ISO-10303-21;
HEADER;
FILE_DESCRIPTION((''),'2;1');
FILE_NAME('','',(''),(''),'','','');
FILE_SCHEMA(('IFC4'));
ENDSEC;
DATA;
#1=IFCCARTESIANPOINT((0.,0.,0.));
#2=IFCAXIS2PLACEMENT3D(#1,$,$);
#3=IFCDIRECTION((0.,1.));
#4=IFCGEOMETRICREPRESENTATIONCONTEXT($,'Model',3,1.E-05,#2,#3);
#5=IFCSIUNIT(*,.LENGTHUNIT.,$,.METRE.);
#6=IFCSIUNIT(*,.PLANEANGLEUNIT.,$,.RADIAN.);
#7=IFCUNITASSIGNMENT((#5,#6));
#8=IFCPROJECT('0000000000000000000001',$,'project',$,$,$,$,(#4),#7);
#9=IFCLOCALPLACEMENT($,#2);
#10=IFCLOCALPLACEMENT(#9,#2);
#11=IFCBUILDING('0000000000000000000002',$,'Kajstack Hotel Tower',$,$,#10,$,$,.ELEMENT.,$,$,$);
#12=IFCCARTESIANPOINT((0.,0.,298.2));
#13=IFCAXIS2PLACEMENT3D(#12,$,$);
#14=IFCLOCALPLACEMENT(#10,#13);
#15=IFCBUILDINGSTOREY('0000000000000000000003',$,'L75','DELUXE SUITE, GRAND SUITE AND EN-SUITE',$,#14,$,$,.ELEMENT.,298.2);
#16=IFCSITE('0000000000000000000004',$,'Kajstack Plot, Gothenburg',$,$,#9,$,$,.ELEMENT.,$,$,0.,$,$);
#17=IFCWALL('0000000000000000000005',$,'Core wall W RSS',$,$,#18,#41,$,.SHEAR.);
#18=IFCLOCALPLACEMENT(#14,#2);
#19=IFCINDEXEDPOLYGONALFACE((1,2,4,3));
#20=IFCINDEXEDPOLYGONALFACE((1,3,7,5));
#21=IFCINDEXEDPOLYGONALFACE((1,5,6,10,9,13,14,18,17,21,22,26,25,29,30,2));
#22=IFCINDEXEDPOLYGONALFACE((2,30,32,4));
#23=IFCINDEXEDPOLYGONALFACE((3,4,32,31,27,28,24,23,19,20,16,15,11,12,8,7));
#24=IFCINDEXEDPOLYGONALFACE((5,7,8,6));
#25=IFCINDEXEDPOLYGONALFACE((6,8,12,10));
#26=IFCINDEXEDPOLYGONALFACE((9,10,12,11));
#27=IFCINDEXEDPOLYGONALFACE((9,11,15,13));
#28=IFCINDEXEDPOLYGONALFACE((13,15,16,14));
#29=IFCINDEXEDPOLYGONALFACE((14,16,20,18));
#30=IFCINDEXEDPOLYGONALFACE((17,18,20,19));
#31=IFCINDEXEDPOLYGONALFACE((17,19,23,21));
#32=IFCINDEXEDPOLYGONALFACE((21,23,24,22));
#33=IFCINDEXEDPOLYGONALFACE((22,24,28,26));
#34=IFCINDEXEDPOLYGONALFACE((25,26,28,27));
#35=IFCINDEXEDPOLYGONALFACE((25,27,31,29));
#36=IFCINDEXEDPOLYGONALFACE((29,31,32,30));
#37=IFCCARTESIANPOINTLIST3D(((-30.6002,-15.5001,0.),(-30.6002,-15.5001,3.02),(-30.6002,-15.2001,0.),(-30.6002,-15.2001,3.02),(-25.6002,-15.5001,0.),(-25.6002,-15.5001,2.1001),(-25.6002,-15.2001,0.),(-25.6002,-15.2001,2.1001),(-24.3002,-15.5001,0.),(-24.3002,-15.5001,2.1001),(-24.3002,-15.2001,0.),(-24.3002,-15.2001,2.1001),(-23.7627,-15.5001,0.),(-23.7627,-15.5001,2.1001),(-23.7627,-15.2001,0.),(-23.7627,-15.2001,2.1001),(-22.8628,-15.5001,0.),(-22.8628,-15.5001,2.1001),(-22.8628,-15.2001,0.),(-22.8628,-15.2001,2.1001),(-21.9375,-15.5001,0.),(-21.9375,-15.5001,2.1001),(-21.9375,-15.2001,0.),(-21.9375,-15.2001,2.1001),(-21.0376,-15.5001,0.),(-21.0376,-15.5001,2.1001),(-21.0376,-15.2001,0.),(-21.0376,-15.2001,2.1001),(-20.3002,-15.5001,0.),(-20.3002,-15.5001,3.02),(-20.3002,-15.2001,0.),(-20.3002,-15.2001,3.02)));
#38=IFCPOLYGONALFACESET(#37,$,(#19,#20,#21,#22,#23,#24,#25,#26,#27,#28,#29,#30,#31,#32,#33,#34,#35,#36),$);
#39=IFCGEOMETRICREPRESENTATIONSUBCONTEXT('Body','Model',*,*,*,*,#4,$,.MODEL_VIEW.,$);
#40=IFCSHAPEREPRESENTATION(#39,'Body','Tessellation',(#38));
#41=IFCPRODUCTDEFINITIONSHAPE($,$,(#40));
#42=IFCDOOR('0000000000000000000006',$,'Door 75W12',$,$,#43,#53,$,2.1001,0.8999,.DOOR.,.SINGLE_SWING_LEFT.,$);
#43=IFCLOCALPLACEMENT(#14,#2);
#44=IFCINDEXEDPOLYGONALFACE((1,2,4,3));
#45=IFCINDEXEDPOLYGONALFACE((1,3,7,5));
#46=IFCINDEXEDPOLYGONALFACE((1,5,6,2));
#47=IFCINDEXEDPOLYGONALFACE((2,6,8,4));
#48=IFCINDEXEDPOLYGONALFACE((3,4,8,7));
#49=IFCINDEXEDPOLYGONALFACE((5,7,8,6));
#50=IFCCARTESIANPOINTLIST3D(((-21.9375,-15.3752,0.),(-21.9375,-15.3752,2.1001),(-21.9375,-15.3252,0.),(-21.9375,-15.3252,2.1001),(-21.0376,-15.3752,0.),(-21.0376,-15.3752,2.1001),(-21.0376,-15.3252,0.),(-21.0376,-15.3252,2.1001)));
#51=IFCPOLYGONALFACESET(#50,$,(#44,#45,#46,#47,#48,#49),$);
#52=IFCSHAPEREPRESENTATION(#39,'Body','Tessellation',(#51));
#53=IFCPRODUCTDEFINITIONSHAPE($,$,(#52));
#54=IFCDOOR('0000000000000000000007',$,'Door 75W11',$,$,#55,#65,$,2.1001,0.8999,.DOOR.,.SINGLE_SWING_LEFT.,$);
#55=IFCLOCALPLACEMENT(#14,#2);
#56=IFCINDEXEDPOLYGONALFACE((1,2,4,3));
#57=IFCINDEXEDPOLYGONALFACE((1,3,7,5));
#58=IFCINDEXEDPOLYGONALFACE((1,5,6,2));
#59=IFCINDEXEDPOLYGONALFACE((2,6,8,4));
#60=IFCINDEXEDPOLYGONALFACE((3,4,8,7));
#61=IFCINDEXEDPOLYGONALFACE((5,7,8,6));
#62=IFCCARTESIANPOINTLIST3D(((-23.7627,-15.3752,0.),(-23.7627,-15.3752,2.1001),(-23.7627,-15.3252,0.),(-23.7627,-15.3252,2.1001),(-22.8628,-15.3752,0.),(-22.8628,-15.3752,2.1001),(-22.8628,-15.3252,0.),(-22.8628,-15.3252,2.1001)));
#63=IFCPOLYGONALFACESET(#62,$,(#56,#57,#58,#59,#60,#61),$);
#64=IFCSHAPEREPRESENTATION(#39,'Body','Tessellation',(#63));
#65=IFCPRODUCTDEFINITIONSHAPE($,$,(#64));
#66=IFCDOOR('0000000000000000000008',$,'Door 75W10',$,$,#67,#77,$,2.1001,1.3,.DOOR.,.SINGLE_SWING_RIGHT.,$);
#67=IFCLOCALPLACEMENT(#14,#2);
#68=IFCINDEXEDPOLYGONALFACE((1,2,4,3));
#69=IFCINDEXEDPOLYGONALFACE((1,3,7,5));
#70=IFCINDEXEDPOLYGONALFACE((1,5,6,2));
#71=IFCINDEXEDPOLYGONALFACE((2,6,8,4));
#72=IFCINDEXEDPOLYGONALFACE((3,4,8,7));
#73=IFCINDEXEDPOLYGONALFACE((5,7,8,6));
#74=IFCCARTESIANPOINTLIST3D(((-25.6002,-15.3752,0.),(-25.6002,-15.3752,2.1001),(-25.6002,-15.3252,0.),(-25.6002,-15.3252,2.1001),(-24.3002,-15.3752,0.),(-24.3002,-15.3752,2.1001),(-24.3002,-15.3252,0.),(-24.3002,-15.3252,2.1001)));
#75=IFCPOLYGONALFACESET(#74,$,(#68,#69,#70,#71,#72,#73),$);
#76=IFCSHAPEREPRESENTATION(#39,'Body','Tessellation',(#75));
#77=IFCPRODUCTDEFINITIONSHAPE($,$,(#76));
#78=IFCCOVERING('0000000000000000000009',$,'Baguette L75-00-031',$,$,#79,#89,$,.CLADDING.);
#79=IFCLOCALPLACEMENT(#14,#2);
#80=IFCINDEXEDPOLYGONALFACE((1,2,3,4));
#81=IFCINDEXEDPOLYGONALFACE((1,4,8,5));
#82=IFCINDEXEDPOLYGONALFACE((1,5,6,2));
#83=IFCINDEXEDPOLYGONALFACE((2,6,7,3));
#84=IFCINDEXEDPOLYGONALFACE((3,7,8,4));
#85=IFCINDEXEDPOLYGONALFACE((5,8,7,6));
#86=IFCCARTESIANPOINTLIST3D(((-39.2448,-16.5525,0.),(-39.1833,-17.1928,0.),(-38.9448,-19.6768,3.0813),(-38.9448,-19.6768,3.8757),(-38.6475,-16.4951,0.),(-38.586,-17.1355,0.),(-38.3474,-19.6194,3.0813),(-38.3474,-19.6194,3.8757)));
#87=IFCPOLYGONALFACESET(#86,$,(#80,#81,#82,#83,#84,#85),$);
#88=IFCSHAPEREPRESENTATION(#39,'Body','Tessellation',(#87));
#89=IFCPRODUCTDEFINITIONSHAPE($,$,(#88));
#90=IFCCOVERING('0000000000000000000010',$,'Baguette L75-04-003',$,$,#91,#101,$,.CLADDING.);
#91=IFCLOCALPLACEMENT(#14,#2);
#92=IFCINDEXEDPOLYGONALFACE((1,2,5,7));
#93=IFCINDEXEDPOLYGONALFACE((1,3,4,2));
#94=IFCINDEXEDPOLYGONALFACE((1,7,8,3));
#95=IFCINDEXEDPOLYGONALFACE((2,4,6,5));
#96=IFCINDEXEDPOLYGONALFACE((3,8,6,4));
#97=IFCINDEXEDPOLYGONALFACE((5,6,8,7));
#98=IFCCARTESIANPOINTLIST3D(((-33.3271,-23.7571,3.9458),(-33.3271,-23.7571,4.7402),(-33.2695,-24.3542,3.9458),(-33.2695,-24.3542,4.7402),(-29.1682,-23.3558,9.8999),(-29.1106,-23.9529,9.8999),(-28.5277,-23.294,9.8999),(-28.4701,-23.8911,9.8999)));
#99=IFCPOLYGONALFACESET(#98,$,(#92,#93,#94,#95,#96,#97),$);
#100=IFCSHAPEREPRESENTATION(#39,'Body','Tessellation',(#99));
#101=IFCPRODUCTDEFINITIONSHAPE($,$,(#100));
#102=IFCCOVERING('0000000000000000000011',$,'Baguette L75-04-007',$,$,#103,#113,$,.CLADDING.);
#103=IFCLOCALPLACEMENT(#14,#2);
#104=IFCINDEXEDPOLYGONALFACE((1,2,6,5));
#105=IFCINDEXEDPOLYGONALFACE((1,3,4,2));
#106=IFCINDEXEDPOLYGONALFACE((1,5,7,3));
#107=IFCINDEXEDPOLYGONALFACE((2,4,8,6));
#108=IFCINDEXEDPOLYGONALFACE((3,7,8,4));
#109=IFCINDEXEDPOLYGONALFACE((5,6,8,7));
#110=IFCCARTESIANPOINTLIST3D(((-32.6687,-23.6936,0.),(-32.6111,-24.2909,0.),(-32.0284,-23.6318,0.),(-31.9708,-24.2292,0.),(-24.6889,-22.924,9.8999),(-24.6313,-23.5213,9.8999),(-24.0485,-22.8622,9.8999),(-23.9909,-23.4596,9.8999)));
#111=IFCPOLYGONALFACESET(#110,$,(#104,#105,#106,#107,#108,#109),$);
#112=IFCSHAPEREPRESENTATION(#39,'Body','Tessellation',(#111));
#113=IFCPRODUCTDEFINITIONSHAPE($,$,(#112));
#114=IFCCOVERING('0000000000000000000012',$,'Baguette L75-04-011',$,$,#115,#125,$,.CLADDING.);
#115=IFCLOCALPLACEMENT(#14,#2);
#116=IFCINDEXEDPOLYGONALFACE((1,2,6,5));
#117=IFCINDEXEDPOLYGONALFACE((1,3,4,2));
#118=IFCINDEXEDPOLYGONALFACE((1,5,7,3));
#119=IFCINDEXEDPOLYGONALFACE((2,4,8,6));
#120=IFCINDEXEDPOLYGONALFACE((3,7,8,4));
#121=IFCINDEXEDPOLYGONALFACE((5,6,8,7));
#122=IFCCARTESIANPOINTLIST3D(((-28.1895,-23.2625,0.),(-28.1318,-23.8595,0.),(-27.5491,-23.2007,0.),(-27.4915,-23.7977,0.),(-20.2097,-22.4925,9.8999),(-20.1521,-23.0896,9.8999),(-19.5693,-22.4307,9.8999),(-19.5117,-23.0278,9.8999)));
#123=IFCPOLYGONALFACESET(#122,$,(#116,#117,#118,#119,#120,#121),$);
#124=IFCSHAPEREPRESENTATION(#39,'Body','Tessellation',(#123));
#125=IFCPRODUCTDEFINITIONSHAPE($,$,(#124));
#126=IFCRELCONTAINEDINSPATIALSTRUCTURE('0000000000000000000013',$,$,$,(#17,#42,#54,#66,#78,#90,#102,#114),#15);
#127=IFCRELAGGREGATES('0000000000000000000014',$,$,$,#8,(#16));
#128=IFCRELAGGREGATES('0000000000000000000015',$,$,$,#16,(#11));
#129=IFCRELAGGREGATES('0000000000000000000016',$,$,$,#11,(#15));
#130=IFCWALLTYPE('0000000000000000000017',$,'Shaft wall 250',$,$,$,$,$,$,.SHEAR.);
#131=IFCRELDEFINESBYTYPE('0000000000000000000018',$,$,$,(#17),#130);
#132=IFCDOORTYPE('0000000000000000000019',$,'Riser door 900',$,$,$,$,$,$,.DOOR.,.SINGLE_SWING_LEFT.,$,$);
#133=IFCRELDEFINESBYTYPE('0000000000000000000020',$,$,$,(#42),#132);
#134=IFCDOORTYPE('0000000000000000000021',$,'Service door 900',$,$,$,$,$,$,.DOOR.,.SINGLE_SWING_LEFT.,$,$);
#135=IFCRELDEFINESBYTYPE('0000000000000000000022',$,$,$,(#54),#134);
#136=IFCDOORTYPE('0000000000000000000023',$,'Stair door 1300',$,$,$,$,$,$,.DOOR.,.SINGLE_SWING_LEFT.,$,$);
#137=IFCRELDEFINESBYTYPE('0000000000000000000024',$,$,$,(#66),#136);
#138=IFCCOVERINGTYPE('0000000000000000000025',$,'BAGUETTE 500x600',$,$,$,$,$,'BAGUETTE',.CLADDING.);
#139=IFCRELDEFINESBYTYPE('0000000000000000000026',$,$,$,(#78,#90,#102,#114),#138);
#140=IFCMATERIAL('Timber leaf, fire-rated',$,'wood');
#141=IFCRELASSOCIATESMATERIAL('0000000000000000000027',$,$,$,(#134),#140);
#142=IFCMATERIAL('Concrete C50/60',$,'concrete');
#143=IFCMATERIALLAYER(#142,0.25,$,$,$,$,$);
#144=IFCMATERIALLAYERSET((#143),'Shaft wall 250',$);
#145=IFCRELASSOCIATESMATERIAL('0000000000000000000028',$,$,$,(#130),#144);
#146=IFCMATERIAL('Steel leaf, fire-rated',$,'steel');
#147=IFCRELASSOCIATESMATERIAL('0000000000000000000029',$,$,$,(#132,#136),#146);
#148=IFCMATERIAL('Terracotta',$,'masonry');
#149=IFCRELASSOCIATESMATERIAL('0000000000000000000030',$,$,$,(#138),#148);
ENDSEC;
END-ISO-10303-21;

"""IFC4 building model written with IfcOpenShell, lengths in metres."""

from ifc_helpers import new_model, si_unit, direction, frame, frame_2d, origin, origin_2d, place, context, subcontext, project, spatial, polyline, rectangle, outline, extrude, material, layer, layer_set, material_profile, profile_set, type_object, element, fill, save


model = new_model("IFC4")

# Units and contexts
model_context = context("Model", 3, precision=1e-05, world=origin(), true_north=direction((0.0, 1.0)))
body_context = subcontext(model_context, "Body", "Model", "MODEL_VIEW")
ifc_project = project(units=[si_unit("LENGTHUNIT", "METRE"), si_unit("PLANEANGLEUNIT", "RADIAN")], contexts=[model_context])

# Site, building, storey
site_placement = place(None, origin())
site = spatial("IfcSite", under=ifc_project, at=site_placement, Name="Kajstack Plot, Gothenburg", CompositionType="ELEMENT", RefElevation=0.0)
building_placement = place(site_placement, origin())
building = spatial("IfcBuilding", under=site, at=building_placement, Name="Kajstack Hotel Tower", CompositionType="ELEMENT")
storey_placement = place(building_placement, frame((0.0, 0.0, 298.2)))
storey = spatial("IfcBuildingStorey", under=building, at=storey_placement, Name="L75", Description="DELUXE SUITE, GRAND SUITE AND EN-SUITE", CompositionType="ELEMENT", Elevation=298.2)

# Shared definitions
ifc_material_1 = material(Name="Timber leaf, fire-rated", Category="wood")
door_type_1 = type_object("IfcDoorType", Name="Service door 900", OperationType="SINGLE_SWING_LEFT", PredefinedType="DOOR", material=ifc_material_1)

# Wall, openings, doors
ifc_material_2 = material(Name="Concrete C50/60", Category="concrete")
ifc_layer_1 = layer(ifc_material_2, 0.25)
ifc_layer_set_1 = layer_set([ifc_layer_1], Name="Shaft wall 250")
wall_type_1 = type_object("IfcWallType", Name="Shaft wall 250", PredefinedType="SHEAR", material=ifc_layer_set_1)
wall_1_placement = place(storey_placement, frame((-30.6001, -15.3501, 0.0), z_axis=(0.0, 0.0, 1.0), x_axis=(1.0, 0.0, 0.0)))
wall_1 = element("IfcWall", 1, at=wall_1_placement, inside=storey, type_object=wall_type_1, Name="Core wall W RSS", PredefinedType="SHEAR", context=body_context, shape_type="SweptSolid", body=[
    extrude(rectangle(XDim=10.3, YDim=0.3, at=frame_2d((5.1499, 0.0))), origin(), (0.0, 0.0, 1.0), 3.02),
])
opening_1_placement = place(wall_1_placement, frame((5.0, 0.0, 0.0)))
opening_1 = element("IfcOpeningElement", 2, at=opening_1_placement, cuts=wall_1, PredefinedType="OPENING", context=body_context, shape_type="SweptSolid", body=[
    extrude(rectangle(XDim=1.3, YDim=2.1001, at=frame_2d((0.6499, 1.05))), frame((0.0, 0.1599, 0.0), z_axis=(0.0, -1.0, 0.0), x_axis=(1.0, 0.0, 0.0)), (0.0, 0.0, 1.0), 0.3201),
])
opening_2_placement = place(wall_1_placement, frame((6.8374, 0.0, 0.0)))
opening_2 = element("IfcOpeningElement", 3, at=opening_2_placement, cuts=wall_1, PredefinedType="OPENING", context=body_context, shape_type="SweptSolid", body=[
    extrude(rectangle(XDim=0.8999, YDim=2.1001, at=frame_2d((0.45, 1.05))), frame((0.0, 0.1599, 0.0), z_axis=(0.0, -1.0, 0.0), x_axis=(1.0, 0.0, 0.0)), (0.0, 0.0, 1.0), 0.3201),
])
opening_3_placement = place(wall_1_placement, frame((8.6626, 0.0, 0.0)))
opening_3 = element("IfcOpeningElement", 4, at=opening_3_placement, cuts=wall_1, PredefinedType="OPENING", context=body_context, shape_type="SweptSolid", body=[
    extrude(rectangle(XDim=0.8999, YDim=2.1001, at=frame_2d((0.45, 1.05))), frame((0.0, 0.1599, 0.0), z_axis=(0.0, -1.0, 0.0), x_axis=(1.0, 0.0, 0.0)), (0.0, 0.0, 1.0), 0.3201),
])
ifc_material_3 = material(Name="Steel leaf, fire-rated", Category="steel")
door_type_2 = type_object("IfcDoorType", Name="Riser door 900", OperationType="SINGLE_SWING_LEFT", PredefinedType="DOOR", material=ifc_material_3)
door_1_placement = place(opening_3_placement, origin())
door_1 = element("IfcDoor", 5, at=door_1_placement, inside=storey, type_object=door_type_2, Name="Door 75W12", OperationType="SINGLE_SWING_LEFT", OverallHeight=2.1001, OverallWidth=0.8999, PredefinedType="DOOR", context=body_context, shape_type="SweptSolid", body=[
    extrude(rectangle(XDim=0.8999, YDim=2.1001, at=frame_2d((0.45, 1.05))), frame((0.0, 0.0249, 0.0), z_axis=(0.0, -1.0, 0.0), x_axis=(1.0, 0.0, 0.0)), (0.0, 0.0, 1.0), 0.05),
])
fill(opening_3, door_1)
door_2_placement = place(opening_2_placement, origin())
door_2 = element("IfcDoor", 6, at=door_2_placement, inside=storey, type_object=door_type_1, Name="Door 75W11", OperationType="SINGLE_SWING_LEFT", OverallHeight=2.1001, OverallWidth=0.8999, PredefinedType="DOOR", context=body_context, shape_type="SweptSolid", body=[
    extrude(rectangle(XDim=0.8999, YDim=2.1001, at=frame_2d((0.45, 1.05))), frame((0.0, 0.0249, 0.0), z_axis=(0.0, -1.0, 0.0), x_axis=(1.0, 0.0, 0.0)), (0.0, 0.0, 1.0), 0.05),
])
fill(opening_2, door_2)
door_type_3 = type_object("IfcDoorType", Name="Stair door 1300", OperationType="SINGLE_SWING_LEFT", PredefinedType="DOOR", material=ifc_material_3)
door_3_placement = place(opening_1_placement, origin())
door_3 = element("IfcDoor", 7, at=door_3_placement, inside=storey, type_object=door_type_3, Name="Door 75W10", OperationType="SINGLE_SWING_RIGHT", OverallHeight=2.1001, OverallWidth=1.3, PredefinedType="DOOR", context=body_context, shape_type="SweptSolid", body=[
    extrude(rectangle(XDim=1.3, YDim=2.1001, at=frame_2d((0.6499, 1.05))), frame((0.0, 0.0249, 0.0), z_axis=(0.0, -1.0, 0.0), x_axis=(1.0, 0.0, 0.0)), (0.0, 0.0, 1.0), 0.05),
])
fill(opening_1, door_3)

# Coverings
ifc_material_4 = material(Name="Terracotta", Category="masonry")
ifc_material_profile = material_profile(ifc_material_4, rectangle(XDim=0.6001, YDim=0.5, at=origin_2d()), Name="Terracotta-clad concrete baguette 500 x 600")
ifc_profile_set = profile_set([ifc_material_profile], Name="Terracotta")
covering_type = type_object("IfcCoveringType", Name="BAGUETTE 500x600", ElementType="BAGUETTE", PredefinedType="CLADDING", material=ifc_profile_set)
covering_1_placement = place(storey_placement, frame((-38.6475, -16.4951, 0.0), z_axis=(-0.99542, -0.095596, 0.0), x_axis=(0.095596, -0.99542, 0.0)))
element("IfcCovering", 8, at=covering_1_placement, inside=storey, type_object=covering_type, Name="Baguette L75-00-031", PredefinedType="CLADDING", context=body_context, shape_type="SweptSolid", body=[
    extrude(outline(polyline([(0.6433, 0.0), (3.1387, 3.0813), (3.1387, 3.8757), (0.0, 0.0), (0.6433, 0.0)])), origin(), (0.0, 0.0, 1.0), 0.6001),
])
covering_2_placement = place(storey_placement, frame((-33.3271, -23.7571, 0.0), z_axis=(0.096038, -0.995378, 0.0), x_axis=(0.995378, 0.096038, 0.0)))
element("IfcCovering", 9, at=covering_2_placement, inside=storey, type_object=covering_type, Name="Baguette L75-04-003", PredefinedType="CLADDING", context=body_context, shape_type="SweptSolid", body=[
    extrude(outline(polyline([(4.1782, 9.8999), (0.0, 4.7402), (0.0, 3.9458), (4.8218, 9.8999), (4.1782, 9.8999)])), origin(), (0.0, 0.0, 1.0), 0.5999),
])
covering_3_placement = place(storey_placement, frame((-32.6687, -23.6936, 0.0), z_axis=(0.095999, -0.995381, 0.0), x_axis=(0.995381, 0.095999, 0.0)))
element("IfcCovering", 10, at=covering_3_placement, inside=storey, type_object=covering_type, Name="Baguette L75-04-007", PredefinedType="CLADDING", context=body_context, shape_type="SweptSolid", body=[
    extrude(outline(polyline([(8.0168, 9.8999), (0.0, 0.0), (0.6433, 0.0), (8.6602, 9.8999), (8.0168, 9.8999)])), origin(), (0.0, 0.0, 1.0), 0.6001),
])
covering_4_placement = place(storey_placement, frame((-28.1895, -23.2625, 0.0), z_axis=(0.096038, -0.995378, 0.0), x_axis=(0.995378, 0.096038, 0.0)))
element("IfcCovering", 11, at=covering_4_placement, inside=storey, type_object=covering_type, Name="Baguette L75-04-011", PredefinedType="CLADDING", context=body_context, shape_type="SweptSolid", body=[
    extrude(outline(polyline([(8.0168, 9.8999), (0.0, 0.0), (0.6433, 0.0), (8.6602, 9.8999), (8.0168, 9.8999)])), origin(), (0.0, 0.0, 1.0), 0.5999),
])

save(model, "model.ifc")
